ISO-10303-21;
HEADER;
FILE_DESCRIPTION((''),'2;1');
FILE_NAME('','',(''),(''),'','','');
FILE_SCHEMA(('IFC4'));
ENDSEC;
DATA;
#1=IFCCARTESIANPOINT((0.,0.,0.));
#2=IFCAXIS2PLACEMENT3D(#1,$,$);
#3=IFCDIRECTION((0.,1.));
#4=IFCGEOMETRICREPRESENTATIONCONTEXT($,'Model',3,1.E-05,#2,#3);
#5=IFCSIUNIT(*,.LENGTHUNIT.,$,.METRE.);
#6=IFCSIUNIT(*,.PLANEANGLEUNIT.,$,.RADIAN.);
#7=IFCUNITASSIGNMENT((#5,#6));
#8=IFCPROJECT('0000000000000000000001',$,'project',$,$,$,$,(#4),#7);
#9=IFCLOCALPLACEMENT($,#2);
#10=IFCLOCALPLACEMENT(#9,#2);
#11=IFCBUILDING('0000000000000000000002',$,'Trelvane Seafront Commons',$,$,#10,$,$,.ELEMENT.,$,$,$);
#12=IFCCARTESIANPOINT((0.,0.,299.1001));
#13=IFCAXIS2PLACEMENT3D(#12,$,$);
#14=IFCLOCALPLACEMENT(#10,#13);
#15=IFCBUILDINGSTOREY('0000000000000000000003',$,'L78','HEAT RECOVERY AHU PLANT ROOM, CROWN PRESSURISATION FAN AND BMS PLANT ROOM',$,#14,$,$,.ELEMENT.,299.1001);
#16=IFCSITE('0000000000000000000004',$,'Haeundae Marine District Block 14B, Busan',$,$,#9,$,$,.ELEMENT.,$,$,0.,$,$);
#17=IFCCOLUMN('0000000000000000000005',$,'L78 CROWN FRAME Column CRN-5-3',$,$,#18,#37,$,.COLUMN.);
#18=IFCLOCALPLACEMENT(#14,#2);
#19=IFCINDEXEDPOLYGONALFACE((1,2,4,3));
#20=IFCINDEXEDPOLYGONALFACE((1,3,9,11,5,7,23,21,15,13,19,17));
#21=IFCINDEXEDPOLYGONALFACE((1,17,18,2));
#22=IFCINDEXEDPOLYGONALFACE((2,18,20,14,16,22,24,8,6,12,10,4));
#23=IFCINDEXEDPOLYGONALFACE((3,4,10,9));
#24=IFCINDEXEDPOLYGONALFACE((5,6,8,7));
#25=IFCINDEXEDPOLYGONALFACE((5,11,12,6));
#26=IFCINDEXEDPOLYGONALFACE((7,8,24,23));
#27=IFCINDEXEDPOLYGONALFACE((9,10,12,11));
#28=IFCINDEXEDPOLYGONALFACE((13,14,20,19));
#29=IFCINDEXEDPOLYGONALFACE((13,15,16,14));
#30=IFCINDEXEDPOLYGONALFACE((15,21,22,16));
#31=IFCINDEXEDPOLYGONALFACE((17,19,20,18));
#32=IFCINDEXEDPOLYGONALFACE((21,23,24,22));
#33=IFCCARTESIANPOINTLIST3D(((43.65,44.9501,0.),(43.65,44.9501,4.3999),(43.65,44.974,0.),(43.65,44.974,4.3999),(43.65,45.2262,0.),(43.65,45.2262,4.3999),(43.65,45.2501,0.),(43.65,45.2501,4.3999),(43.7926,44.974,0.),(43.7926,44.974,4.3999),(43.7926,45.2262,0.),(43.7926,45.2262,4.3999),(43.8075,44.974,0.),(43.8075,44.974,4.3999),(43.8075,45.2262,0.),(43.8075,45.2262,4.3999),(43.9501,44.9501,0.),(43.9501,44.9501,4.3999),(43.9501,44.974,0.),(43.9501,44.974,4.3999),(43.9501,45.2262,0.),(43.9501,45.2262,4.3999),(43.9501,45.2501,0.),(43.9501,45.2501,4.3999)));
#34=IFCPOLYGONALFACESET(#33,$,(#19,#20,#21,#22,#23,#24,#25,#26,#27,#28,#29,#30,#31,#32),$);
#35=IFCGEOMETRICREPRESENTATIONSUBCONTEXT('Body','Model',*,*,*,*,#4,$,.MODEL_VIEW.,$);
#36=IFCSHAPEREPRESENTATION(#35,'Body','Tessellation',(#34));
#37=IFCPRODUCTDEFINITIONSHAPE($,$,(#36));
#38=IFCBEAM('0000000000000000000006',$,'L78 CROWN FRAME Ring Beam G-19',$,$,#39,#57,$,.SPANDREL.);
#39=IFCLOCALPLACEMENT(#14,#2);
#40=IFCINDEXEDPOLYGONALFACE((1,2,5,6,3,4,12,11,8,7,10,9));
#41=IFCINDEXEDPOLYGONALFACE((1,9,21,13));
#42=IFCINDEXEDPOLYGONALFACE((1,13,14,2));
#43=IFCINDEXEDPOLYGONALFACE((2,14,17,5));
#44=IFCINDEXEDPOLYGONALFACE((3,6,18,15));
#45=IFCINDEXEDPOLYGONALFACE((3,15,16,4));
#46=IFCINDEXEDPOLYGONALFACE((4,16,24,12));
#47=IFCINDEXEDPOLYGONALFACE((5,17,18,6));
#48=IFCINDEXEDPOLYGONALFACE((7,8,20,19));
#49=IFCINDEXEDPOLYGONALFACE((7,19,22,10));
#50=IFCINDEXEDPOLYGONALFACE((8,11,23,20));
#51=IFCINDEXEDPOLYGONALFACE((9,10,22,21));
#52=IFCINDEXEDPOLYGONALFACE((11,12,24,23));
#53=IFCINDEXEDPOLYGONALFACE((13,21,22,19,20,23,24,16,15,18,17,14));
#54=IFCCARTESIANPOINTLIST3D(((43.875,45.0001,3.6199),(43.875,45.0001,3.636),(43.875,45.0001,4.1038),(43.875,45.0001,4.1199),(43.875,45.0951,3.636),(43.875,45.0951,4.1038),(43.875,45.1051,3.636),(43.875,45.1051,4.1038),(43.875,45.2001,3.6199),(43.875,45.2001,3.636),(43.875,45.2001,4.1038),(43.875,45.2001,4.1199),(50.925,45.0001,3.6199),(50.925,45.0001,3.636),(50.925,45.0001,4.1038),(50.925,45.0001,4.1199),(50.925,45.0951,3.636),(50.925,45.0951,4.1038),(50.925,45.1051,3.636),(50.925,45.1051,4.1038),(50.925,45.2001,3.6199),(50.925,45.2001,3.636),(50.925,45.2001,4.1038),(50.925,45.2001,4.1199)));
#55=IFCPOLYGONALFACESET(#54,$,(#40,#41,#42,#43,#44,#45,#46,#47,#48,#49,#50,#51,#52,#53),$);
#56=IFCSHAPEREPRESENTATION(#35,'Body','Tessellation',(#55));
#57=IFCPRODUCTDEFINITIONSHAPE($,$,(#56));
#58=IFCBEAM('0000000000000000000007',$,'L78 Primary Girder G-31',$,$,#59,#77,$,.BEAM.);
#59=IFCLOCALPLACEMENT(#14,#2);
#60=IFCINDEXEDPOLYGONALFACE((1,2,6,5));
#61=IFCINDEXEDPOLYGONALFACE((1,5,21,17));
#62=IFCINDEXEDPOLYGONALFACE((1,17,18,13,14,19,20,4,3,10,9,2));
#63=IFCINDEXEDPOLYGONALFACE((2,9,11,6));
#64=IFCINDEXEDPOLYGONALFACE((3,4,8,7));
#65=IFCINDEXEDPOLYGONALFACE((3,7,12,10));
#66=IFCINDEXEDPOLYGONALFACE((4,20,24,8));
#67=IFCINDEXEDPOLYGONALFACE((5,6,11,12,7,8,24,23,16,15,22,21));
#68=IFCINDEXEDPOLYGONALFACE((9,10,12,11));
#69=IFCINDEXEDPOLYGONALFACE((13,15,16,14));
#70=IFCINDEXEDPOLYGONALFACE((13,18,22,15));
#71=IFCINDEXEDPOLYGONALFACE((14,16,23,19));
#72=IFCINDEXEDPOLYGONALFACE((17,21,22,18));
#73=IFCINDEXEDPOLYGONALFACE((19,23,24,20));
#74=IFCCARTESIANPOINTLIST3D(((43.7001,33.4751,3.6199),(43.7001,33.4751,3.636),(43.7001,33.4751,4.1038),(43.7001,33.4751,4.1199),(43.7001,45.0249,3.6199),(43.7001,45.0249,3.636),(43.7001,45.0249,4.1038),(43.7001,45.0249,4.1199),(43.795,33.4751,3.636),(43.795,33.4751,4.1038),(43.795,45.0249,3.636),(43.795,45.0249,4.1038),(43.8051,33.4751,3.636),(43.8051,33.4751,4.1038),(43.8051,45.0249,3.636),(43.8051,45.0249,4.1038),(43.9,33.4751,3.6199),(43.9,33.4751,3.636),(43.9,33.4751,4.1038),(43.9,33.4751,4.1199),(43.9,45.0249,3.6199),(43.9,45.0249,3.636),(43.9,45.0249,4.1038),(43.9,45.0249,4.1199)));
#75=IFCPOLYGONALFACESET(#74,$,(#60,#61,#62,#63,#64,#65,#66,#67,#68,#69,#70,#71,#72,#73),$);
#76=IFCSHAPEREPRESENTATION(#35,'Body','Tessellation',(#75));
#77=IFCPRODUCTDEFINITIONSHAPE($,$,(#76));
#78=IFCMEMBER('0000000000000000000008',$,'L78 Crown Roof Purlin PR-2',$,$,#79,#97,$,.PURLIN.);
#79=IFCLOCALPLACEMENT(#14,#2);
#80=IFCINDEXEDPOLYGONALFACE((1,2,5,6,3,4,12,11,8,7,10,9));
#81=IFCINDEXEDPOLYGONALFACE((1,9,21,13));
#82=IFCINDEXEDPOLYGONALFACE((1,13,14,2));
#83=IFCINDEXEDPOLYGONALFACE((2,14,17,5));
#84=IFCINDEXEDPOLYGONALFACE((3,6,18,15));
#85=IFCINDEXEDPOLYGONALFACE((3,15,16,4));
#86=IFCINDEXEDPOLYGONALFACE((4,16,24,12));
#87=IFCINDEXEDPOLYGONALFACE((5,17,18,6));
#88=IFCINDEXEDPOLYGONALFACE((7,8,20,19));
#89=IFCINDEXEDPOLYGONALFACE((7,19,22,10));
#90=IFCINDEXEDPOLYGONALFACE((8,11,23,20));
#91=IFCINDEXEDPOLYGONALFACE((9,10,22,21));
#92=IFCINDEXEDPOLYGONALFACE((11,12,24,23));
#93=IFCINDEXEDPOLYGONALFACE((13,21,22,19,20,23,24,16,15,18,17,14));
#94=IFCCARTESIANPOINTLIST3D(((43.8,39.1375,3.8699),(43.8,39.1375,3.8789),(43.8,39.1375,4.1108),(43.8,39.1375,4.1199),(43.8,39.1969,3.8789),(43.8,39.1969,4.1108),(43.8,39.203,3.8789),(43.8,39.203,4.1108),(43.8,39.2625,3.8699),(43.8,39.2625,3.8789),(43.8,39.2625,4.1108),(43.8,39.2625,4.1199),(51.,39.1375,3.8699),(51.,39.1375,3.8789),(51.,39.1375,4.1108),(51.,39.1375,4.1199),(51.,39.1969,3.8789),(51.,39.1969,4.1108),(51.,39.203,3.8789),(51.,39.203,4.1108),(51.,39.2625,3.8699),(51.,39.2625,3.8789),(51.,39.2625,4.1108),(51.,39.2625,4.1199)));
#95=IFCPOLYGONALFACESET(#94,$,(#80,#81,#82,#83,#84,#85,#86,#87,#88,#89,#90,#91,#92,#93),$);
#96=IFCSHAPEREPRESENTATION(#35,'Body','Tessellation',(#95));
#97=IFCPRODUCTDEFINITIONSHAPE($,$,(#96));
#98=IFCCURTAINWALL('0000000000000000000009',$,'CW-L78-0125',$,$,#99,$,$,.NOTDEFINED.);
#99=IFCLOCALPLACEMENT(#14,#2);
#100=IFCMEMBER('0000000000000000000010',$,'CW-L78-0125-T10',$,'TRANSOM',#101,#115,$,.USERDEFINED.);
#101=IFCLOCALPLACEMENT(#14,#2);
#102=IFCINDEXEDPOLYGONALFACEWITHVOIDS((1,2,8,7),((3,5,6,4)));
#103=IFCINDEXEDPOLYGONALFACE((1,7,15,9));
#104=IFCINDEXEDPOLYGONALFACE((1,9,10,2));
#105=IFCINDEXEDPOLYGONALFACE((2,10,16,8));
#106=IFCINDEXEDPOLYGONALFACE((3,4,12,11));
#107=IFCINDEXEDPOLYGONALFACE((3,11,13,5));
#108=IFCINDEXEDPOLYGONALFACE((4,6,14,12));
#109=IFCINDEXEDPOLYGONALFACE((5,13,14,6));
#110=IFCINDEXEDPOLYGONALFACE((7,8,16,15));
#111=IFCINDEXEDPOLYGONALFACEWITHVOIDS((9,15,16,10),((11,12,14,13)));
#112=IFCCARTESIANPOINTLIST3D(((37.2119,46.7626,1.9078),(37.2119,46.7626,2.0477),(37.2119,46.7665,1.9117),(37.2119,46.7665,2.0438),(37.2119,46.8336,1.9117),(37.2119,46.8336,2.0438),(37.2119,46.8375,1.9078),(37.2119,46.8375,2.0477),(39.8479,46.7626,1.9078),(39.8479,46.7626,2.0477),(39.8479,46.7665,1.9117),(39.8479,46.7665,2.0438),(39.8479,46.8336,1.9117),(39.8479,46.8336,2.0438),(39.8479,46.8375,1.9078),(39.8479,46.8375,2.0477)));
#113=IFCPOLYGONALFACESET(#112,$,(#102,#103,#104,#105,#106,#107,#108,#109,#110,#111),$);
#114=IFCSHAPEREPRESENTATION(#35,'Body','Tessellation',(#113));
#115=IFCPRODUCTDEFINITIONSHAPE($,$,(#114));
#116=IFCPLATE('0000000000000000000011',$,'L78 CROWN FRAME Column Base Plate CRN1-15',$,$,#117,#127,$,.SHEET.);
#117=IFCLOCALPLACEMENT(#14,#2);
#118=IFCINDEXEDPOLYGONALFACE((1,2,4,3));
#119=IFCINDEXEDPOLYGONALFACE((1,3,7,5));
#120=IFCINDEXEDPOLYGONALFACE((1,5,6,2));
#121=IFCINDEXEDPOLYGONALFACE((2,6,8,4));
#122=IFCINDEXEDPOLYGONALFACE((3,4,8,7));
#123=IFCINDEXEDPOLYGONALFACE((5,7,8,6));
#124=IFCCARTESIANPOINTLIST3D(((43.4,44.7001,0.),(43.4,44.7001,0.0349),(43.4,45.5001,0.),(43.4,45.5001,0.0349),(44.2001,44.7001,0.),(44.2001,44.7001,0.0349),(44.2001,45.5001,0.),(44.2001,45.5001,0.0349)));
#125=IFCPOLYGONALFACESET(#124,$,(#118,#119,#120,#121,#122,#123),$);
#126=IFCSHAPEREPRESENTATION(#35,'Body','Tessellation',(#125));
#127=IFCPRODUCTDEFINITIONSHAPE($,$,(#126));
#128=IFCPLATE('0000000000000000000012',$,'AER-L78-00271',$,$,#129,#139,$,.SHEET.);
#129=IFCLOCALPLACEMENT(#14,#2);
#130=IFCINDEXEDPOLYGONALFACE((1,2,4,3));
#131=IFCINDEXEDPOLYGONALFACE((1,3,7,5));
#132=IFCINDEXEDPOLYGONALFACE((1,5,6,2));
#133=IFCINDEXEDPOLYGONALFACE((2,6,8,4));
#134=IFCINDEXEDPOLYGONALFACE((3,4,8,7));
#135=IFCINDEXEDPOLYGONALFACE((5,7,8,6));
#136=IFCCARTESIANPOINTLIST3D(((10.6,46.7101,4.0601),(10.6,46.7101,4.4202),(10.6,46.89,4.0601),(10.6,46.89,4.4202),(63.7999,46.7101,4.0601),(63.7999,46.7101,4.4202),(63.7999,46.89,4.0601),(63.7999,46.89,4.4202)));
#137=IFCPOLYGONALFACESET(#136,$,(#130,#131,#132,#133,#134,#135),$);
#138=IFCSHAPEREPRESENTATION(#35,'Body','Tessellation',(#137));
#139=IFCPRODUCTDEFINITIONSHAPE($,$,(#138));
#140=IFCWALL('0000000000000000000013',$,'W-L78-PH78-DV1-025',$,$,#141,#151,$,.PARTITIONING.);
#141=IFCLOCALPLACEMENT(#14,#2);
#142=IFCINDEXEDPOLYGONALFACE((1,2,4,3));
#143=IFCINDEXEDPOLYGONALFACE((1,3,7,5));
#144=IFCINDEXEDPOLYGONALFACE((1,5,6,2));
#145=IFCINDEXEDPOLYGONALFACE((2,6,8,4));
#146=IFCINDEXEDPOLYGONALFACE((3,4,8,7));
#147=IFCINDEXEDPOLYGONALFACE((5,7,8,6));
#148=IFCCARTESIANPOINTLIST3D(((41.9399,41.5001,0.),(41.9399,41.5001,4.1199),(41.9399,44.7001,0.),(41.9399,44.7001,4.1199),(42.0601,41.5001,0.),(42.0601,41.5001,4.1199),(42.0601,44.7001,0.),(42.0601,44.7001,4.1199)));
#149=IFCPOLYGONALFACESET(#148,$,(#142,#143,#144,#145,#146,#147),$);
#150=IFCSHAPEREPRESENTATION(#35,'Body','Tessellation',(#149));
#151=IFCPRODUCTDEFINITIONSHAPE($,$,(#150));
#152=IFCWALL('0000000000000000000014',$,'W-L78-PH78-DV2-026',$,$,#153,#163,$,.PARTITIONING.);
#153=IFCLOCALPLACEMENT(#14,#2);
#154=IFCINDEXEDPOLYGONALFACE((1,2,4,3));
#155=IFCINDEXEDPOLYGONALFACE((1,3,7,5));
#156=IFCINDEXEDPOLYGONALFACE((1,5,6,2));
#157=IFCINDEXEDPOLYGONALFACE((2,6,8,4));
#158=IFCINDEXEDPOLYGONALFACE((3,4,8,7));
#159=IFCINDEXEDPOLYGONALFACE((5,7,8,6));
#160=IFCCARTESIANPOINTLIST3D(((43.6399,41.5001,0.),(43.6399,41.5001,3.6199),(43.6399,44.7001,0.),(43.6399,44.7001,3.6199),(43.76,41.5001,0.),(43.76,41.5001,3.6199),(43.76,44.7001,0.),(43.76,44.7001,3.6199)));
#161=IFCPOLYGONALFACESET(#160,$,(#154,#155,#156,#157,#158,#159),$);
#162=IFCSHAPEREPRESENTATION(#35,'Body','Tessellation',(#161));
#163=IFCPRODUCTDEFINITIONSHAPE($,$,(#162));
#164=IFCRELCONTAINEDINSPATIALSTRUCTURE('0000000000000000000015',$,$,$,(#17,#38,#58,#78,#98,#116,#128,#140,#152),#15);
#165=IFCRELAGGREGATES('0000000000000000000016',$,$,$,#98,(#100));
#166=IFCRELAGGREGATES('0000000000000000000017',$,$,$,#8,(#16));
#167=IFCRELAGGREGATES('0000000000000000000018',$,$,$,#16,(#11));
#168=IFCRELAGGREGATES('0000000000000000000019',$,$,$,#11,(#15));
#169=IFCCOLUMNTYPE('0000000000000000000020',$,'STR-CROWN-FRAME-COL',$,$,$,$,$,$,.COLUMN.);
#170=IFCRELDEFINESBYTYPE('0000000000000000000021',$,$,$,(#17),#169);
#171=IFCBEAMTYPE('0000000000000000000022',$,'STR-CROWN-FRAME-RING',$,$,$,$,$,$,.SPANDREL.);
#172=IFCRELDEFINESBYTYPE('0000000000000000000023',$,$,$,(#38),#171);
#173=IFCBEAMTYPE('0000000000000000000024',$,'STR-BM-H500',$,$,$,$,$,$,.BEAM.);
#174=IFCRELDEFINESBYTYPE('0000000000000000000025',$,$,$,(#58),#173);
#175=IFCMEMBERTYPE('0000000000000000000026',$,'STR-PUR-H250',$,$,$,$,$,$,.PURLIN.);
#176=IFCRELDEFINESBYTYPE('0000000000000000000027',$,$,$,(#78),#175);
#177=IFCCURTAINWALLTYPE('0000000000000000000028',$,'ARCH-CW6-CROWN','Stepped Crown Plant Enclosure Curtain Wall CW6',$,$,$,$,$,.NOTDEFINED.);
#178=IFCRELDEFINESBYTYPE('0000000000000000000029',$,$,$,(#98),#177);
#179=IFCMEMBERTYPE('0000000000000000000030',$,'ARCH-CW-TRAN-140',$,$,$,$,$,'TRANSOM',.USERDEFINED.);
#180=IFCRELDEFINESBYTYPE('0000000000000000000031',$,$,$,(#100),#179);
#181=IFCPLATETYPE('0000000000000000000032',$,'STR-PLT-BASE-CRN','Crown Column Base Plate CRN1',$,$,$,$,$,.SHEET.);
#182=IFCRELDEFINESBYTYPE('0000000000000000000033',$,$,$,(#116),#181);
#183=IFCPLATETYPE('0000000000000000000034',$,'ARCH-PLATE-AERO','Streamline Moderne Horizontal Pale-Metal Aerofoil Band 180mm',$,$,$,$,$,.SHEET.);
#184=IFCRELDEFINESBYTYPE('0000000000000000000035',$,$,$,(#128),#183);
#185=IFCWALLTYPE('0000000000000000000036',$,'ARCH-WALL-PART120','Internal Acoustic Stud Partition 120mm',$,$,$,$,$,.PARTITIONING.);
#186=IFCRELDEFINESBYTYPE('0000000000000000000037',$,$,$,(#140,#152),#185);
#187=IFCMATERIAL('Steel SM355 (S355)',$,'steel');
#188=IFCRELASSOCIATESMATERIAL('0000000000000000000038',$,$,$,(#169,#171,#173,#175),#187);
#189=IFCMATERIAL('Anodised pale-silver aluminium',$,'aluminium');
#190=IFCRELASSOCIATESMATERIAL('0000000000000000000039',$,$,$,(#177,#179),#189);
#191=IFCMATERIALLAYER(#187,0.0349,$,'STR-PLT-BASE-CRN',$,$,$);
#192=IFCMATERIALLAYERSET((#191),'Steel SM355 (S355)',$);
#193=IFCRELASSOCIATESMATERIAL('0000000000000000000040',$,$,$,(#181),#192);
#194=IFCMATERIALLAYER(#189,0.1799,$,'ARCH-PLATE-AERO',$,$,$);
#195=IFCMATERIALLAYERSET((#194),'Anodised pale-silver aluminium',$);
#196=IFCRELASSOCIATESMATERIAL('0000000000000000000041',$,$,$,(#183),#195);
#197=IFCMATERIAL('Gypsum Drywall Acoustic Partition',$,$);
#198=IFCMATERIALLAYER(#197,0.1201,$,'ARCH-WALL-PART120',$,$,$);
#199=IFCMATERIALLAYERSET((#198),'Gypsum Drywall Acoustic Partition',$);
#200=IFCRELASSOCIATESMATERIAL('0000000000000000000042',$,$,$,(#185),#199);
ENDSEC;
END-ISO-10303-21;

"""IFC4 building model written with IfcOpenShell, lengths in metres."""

from ifc_helpers import new_model, si_unit, direction, frame, frame_2d, origin, origin_2d, place, context, subcontext, project, spatial, rectangle, hollow_rectangle, i_section, extrude, source, transform, mapped, material, layer, layer_set, material_profile, profile_set, type_object, element, aggregate, save


model = new_model("IFC4")

# Units and contexts
model_context = context("Model", 3, precision=1e-05, world=origin(), true_north=direction((0.0, 1.0)))
body_context = subcontext(model_context, "Body", "Model", "MODEL_VIEW")
ifc_project = project(units=[si_unit("LENGTHUNIT", "METRE"), si_unit("PLANEANGLEUNIT", "RADIAN")], contexts=[model_context])

# Site, building, storey
site_placement = place(None, origin())
site = spatial("IfcSite", under=ifc_project, at=site_placement, Name="Haeundae Marine District Block 14B, Busan", CompositionType="ELEMENT", RefElevation=0.0)
building_placement = place(site_placement, origin())
building = spatial("IfcBuilding", under=site, at=building_placement, Name="Trelvane Seafront Commons", CompositionType="ELEMENT")
storey_placement = place(building_placement, frame((0.0, 0.0, 299.1001)))
storey = spatial("IfcBuildingStorey", under=building, at=storey_placement, Name="L78", Description="HEAT RECOVERY AHU PLANT ROOM, CROWN PRESSURISATION FAN AND BMS PLANT ROOM", CompositionType="ELEMENT", Elevation=299.1001)

# Column
ifc_material_1 = material(Name="Steel SM355 (S355)", Category="steel")
ifc_material_profile_1 = material_profile(ifc_material_1, i_section(OverallWidth=0.3, OverallDepth=0.3, WebThickness=0.0149, FlangeThickness=0.0239, at=origin_2d()), Name="HD-300x300x15x24")
ifc_profile_set_1 = profile_set([ifc_material_profile_1], Name="Steel SM355 (S355)")
column_type = type_object("IfcColumnType", Name="STR-CROWN-FRAME-COL", PredefinedType="COLUMN", material=ifc_profile_set_1)
shared_shape_1 = source(origin(), body_context, "Body", "SweptSolid", [
    extrude(i_section(OverallWidth=0.3, OverallDepth=0.3, WebThickness=0.0149, FlangeThickness=0.0239, at=origin_2d()), origin(), (0.0, 0.0, 1.0), 4.3999),
])
column_placement = place(storey_placement, frame((43.8, 45.1001, 0.0), z_axis=(0.0, 0.0, 1.0), x_axis=(1.0, 0.0, 0.0)))
element("IfcColumn", 1, at=column_placement, inside=storey, type_object=column_type, Name="L78 CROWN FRAME Column CRN-5-3", PredefinedType="COLUMN", context=body_context, shape_type="MappedRepresentation", body=[
    mapped(shared_shape_1, transform((0.0, 0.0, 0.0), x_axis=(1.0, 0.0, 0.0), y_axis=(0.0, 1.0, 0.0), z_axis=(0.0, 0.0, 1.0), scale=1.0)),
])

# Beams
ifc_material_profile_2 = material_profile(ifc_material_1, i_section(OverallWidth=0.2, OverallDepth=0.5, WebThickness=0.01, FlangeThickness=0.0161, at=origin_2d()), Name="H-500x200x10x16")
ifc_profile_set_2 = profile_set([ifc_material_profile_2], Name="Steel SM355 (S355)")
beam_type_1 = type_object("IfcBeamType", Name="STR-CROWN-FRAME-RING", PredefinedType="SPANDREL", material=ifc_profile_set_2)
shared_shape_2 = source(origin(), body_context, "Body", "SweptSolid", [
    extrude(i_section(OverallWidth=0.2, OverallDepth=0.5, WebThickness=0.01, FlangeThickness=0.0161, at=origin_2d()), origin(), (0.0, 0.0, 1.0), 7.05),
])
beam_1_placement = place(storey_placement, frame((43.875, 45.1001, 3.8699), z_axis=(1.0, 0.0, 0.0), x_axis=(0.0, 1.0, 0.0)))
element("IfcBeam", 2, at=beam_1_placement, inside=storey, type_object=beam_type_1, Name="L78 CROWN FRAME Ring Beam G-19", PredefinedType="SPANDREL", context=body_context, shape_type="MappedRepresentation", body=[
    mapped(shared_shape_2, transform((0.0, 0.0, 0.0), x_axis=(1.0, 0.0, 0.0), y_axis=(0.0, 1.0, 0.0), z_axis=(0.0, 0.0, 1.0), scale=1.0)),
])
ifc_material_profile_3 = material_profile(ifc_material_1, i_section(OverallWidth=0.2, OverallDepth=0.5, WebThickness=0.01, FlangeThickness=0.0161, at=origin_2d()), Name="H-500x200x10x16")
ifc_profile_set_3 = profile_set([ifc_material_profile_3], Name="Steel SM355 (S355)")
beam_type_2 = type_object("IfcBeamType", Name="STR-BM-H500", PredefinedType="BEAM", material=ifc_profile_set_3)
shared_shape_3 = source(origin(), body_context, "Body", "SweptSolid", [
    extrude(i_section(OverallWidth=0.2, OverallDepth=0.5, WebThickness=0.01, FlangeThickness=0.0161, at=origin_2d()), origin(), (0.0, 0.0, 1.0), 11.5498),
])
beam_2_placement = place(storey_placement, frame((43.8, 33.4751, 3.8699), z_axis=(0.0, 1.0, 0.0), x_axis=(-1.0, 0.0, 0.0)))
element("IfcBeam", 3, at=beam_2_placement, inside=storey, type_object=beam_type_2, Name="L78 Primary Girder G-31", PredefinedType="BEAM", context=body_context, shape_type="MappedRepresentation", body=[
    mapped(shared_shape_3, transform((0.0, 0.0, 0.0), x_axis=(1.0, 0.0, 0.0), y_axis=(0.0, 1.0, 0.0), z_axis=(0.0, 0.0, 1.0), scale=1.0)),
])

# Member
ifc_material_profile_4 = material_profile(ifc_material_1, i_section(OverallWidth=0.125, OverallDepth=0.25, WebThickness=0.0061, FlangeThickness=0.009, at=origin_2d()), Name="H-250x125x6x9")
ifc_profile_set_4 = profile_set([ifc_material_profile_4], Name="Steel SM355 (S355)")
member_type_1 = type_object("IfcMemberType", Name="STR-PUR-H250", PredefinedType="PURLIN", material=ifc_profile_set_4)
shared_shape_4 = source(origin(), body_context, "Body", "SweptSolid", [
    extrude(i_section(OverallWidth=0.125, OverallDepth=0.25, WebThickness=0.0061, FlangeThickness=0.009, at=origin_2d()), origin(), (0.0, 0.0, 1.0), 7.2),
])
member_1_placement = place(storey_placement, frame((43.8, 39.2, 3.9949), z_axis=(1.0, 0.0, 0.0), x_axis=(0.0, 1.0, 0.0)))
element("IfcMember", 4, at=member_1_placement, inside=storey, type_object=member_type_1, Name="L78 Crown Roof Purlin PR-2", PredefinedType="PURLIN", context=body_context, shape_type="MappedRepresentation", body=[
    mapped(shared_shape_4, transform((0.0, 0.0, 0.0), x_axis=(1.0, 0.0, 0.0), y_axis=(0.0, 1.0, 0.0), z_axis=(0.0, 0.0, 1.0), scale=1.0)),
])

# Curtain wall, member
ifc_material_2 = material(Name="Anodised pale-silver aluminium", Category="aluminium")
curtain_wall_type = type_object("IfcCurtainWallType", Name="ARCH-CW6-CROWN", Description="Stepped Crown Plant Enclosure Curtain Wall CW6", PredefinedType="NOTDEFINED", material=ifc_material_2)
curtain_wall_placement = place(storey_placement, origin())
curtain_wall = element("IfcCurtainWall", 5, at=curtain_wall_placement, inside=storey, type_object=curtain_wall_type, Name="CW-L78-0125", PredefinedType="NOTDEFINED")
ifc_material_profile_5 = material_profile(ifc_material_2, hollow_rectangle(XDim=0.075, YDim=0.1399, WallThickness=0.0039, at=origin_2d()), Name="TRAN-75x140x4")
ifc_profile_set_5 = profile_set([ifc_material_profile_5], Name="Anodised pale-silver aluminium")
member_type_2 = type_object("IfcMemberType", Name="ARCH-CW-TRAN-140", ElementType="TRANSOM", PredefinedType="USERDEFINED", material=ifc_profile_set_5)
shared_shape_5 = source(origin(), body_context, "Body", "SweptSolid", [
    extrude(hollow_rectangle(XDim=0.075, YDim=0.1399, WallThickness=0.0039, at=origin_2d()), origin(), (0.0, 0.0, 1.0), 2.636),
])
member_2_placement = place(storey_placement, frame((37.2119, 46.8, 1.9778), z_axis=(1.0, 0.0, 0.0), x_axis=(0.0, 1.0, 0.0)))
member_2 = element("IfcMember", 6, at=member_2_placement, type_object=member_type_2, Name="CW-L78-0125-T10", ObjectType="TRANSOM", PredefinedType="USERDEFINED", context=body_context, shape_type="MappedRepresentation", body=[
    mapped(shared_shape_5, transform((0.0, 0.0, 0.0), x_axis=(1.0, 0.0, 0.0), y_axis=(0.0, 1.0, 0.0), z_axis=(0.0, 0.0, 1.0), scale=1.0)),
])
aggregate(curtain_wall, [member_2])

# Plates
ifc_layer_1 = layer(ifc_material_1, 0.0349, Name="STR-PLT-BASE-CRN")
ifc_layer_set_1 = layer_set([ifc_layer_1], Name="Steel SM355 (S355)")
plate_type_1 = type_object("IfcPlateType", Name="STR-PLT-BASE-CRN", Description="Crown Column Base Plate CRN1", PredefinedType="SHEET", material=ifc_layer_set_1)
shared_shape_6 = source(origin(), body_context, "Body", "SweptSolid", [
    extrude(rectangle(XDim=0.8, YDim=0.8, at=origin_2d()), origin(), (0.0, 0.0, 1.0), 0.0349),
])
plate_1_placement = place(storey_placement, frame((43.8, 45.1001, 0.0), z_axis=(0.0, 0.0, 1.0), x_axis=(1.0, 0.0, 0.0)))
element("IfcPlate", 7, at=plate_1_placement, inside=storey, type_object=plate_type_1, Name="L78 CROWN FRAME Column Base Plate CRN1-15", PredefinedType="SHEET", context=body_context, shape_type="MappedRepresentation", body=[
    mapped(shared_shape_6, transform((0.0, 0.0, 0.0), x_axis=(1.0, 0.0, 0.0), y_axis=(0.0, 1.0, 0.0), z_axis=(0.0, 0.0, 1.0), scale=1.0)),
])
ifc_layer_2 = layer(ifc_material_2, 0.1799, Name="ARCH-PLATE-AERO")
ifc_layer_set_2 = layer_set([ifc_layer_2], Name="Anodised pale-silver aluminium")
plate_type_2 = type_object("IfcPlateType", Name="ARCH-PLATE-AERO", Description="Streamline Moderne Horizontal Pale-Metal Aerofoil Band 180mm", PredefinedType="SHEET", material=ifc_layer_set_2)
shared_shape_7 = source(origin(), body_context, "Body", "SweptSolid", [
    extrude(rectangle(XDim=53.2, YDim=0.1799, at=origin_2d()), origin(), (0.0, 0.0, 1.0), 0.3601),
])
plate_2_placement = place(storey_placement, frame((37.2, 46.8, 4.0601), z_axis=(0.0, 0.0, 1.0), x_axis=(1.0, 0.0, 0.0)))
element("IfcPlate", 8, at=plate_2_placement, inside=storey, type_object=plate_type_2, Name="AER-L78-00271", PredefinedType="SHEET", context=body_context, shape_type="MappedRepresentation", body=[
    mapped(shared_shape_7, transform((0.0, 0.0, 0.0), x_axis=(1.0, 0.0, 0.0), y_axis=(0.0, 1.0, 0.0), z_axis=(0.0, 0.0, 1.0), scale=1.0)),
])

# Walls
ifc_material_3 = material(Name="Gypsum Drywall Acoustic Partition")
ifc_layer_3 = layer(ifc_material_3, 0.1201, Name="ARCH-WALL-PART120")
ifc_layer_set_3 = layer_set([ifc_layer_3], Name="Gypsum Drywall Acoustic Partition")
wall_type_1 = type_object("IfcWallType", Name="ARCH-WALL-PART120", Description="Internal Acoustic Stud Partition 120mm", PredefinedType="PARTITIONING", material=ifc_layer_set_3)
wall_1_placement = place(storey_placement, frame((42.0, 41.5, 0.0), z_axis=(0.0, 0.0, 1.0), x_axis=(0.0, 1.0, 0.0)))
element("IfcWall", 9, at=wall_1_placement, inside=storey, type_object=wall_type_1, Name="W-L78-PH78-DV1-025", PredefinedType="PARTITIONING", context=body_context, shape_type="SweptSolid", body=[
    extrude(rectangle(XDim=3.2, YDim=0.1201, at=frame_2d((1.6001, 0.0))), origin(), (0.0, 0.0, 1.0), 4.1199),
])
wall_2_placement = place(storey_placement, frame((43.7, 41.5, 0.0), z_axis=(0.0, 0.0, 1.0), x_axis=(0.0, 1.0, 0.0)))
element("IfcWall", 10, at=wall_2_placement, inside=storey, type_object=wall_type_1, Name="W-L78-PH78-DV2-026", PredefinedType="PARTITIONING", context=body_context, shape_type="SweptSolid", body=[
    extrude(rectangle(XDim=3.2, YDim=0.1201, at=frame_2d((1.6001, 0.0))), origin(), (0.0, 0.0, 1.0), 3.6199),
])

save(model, "model.ifc")
